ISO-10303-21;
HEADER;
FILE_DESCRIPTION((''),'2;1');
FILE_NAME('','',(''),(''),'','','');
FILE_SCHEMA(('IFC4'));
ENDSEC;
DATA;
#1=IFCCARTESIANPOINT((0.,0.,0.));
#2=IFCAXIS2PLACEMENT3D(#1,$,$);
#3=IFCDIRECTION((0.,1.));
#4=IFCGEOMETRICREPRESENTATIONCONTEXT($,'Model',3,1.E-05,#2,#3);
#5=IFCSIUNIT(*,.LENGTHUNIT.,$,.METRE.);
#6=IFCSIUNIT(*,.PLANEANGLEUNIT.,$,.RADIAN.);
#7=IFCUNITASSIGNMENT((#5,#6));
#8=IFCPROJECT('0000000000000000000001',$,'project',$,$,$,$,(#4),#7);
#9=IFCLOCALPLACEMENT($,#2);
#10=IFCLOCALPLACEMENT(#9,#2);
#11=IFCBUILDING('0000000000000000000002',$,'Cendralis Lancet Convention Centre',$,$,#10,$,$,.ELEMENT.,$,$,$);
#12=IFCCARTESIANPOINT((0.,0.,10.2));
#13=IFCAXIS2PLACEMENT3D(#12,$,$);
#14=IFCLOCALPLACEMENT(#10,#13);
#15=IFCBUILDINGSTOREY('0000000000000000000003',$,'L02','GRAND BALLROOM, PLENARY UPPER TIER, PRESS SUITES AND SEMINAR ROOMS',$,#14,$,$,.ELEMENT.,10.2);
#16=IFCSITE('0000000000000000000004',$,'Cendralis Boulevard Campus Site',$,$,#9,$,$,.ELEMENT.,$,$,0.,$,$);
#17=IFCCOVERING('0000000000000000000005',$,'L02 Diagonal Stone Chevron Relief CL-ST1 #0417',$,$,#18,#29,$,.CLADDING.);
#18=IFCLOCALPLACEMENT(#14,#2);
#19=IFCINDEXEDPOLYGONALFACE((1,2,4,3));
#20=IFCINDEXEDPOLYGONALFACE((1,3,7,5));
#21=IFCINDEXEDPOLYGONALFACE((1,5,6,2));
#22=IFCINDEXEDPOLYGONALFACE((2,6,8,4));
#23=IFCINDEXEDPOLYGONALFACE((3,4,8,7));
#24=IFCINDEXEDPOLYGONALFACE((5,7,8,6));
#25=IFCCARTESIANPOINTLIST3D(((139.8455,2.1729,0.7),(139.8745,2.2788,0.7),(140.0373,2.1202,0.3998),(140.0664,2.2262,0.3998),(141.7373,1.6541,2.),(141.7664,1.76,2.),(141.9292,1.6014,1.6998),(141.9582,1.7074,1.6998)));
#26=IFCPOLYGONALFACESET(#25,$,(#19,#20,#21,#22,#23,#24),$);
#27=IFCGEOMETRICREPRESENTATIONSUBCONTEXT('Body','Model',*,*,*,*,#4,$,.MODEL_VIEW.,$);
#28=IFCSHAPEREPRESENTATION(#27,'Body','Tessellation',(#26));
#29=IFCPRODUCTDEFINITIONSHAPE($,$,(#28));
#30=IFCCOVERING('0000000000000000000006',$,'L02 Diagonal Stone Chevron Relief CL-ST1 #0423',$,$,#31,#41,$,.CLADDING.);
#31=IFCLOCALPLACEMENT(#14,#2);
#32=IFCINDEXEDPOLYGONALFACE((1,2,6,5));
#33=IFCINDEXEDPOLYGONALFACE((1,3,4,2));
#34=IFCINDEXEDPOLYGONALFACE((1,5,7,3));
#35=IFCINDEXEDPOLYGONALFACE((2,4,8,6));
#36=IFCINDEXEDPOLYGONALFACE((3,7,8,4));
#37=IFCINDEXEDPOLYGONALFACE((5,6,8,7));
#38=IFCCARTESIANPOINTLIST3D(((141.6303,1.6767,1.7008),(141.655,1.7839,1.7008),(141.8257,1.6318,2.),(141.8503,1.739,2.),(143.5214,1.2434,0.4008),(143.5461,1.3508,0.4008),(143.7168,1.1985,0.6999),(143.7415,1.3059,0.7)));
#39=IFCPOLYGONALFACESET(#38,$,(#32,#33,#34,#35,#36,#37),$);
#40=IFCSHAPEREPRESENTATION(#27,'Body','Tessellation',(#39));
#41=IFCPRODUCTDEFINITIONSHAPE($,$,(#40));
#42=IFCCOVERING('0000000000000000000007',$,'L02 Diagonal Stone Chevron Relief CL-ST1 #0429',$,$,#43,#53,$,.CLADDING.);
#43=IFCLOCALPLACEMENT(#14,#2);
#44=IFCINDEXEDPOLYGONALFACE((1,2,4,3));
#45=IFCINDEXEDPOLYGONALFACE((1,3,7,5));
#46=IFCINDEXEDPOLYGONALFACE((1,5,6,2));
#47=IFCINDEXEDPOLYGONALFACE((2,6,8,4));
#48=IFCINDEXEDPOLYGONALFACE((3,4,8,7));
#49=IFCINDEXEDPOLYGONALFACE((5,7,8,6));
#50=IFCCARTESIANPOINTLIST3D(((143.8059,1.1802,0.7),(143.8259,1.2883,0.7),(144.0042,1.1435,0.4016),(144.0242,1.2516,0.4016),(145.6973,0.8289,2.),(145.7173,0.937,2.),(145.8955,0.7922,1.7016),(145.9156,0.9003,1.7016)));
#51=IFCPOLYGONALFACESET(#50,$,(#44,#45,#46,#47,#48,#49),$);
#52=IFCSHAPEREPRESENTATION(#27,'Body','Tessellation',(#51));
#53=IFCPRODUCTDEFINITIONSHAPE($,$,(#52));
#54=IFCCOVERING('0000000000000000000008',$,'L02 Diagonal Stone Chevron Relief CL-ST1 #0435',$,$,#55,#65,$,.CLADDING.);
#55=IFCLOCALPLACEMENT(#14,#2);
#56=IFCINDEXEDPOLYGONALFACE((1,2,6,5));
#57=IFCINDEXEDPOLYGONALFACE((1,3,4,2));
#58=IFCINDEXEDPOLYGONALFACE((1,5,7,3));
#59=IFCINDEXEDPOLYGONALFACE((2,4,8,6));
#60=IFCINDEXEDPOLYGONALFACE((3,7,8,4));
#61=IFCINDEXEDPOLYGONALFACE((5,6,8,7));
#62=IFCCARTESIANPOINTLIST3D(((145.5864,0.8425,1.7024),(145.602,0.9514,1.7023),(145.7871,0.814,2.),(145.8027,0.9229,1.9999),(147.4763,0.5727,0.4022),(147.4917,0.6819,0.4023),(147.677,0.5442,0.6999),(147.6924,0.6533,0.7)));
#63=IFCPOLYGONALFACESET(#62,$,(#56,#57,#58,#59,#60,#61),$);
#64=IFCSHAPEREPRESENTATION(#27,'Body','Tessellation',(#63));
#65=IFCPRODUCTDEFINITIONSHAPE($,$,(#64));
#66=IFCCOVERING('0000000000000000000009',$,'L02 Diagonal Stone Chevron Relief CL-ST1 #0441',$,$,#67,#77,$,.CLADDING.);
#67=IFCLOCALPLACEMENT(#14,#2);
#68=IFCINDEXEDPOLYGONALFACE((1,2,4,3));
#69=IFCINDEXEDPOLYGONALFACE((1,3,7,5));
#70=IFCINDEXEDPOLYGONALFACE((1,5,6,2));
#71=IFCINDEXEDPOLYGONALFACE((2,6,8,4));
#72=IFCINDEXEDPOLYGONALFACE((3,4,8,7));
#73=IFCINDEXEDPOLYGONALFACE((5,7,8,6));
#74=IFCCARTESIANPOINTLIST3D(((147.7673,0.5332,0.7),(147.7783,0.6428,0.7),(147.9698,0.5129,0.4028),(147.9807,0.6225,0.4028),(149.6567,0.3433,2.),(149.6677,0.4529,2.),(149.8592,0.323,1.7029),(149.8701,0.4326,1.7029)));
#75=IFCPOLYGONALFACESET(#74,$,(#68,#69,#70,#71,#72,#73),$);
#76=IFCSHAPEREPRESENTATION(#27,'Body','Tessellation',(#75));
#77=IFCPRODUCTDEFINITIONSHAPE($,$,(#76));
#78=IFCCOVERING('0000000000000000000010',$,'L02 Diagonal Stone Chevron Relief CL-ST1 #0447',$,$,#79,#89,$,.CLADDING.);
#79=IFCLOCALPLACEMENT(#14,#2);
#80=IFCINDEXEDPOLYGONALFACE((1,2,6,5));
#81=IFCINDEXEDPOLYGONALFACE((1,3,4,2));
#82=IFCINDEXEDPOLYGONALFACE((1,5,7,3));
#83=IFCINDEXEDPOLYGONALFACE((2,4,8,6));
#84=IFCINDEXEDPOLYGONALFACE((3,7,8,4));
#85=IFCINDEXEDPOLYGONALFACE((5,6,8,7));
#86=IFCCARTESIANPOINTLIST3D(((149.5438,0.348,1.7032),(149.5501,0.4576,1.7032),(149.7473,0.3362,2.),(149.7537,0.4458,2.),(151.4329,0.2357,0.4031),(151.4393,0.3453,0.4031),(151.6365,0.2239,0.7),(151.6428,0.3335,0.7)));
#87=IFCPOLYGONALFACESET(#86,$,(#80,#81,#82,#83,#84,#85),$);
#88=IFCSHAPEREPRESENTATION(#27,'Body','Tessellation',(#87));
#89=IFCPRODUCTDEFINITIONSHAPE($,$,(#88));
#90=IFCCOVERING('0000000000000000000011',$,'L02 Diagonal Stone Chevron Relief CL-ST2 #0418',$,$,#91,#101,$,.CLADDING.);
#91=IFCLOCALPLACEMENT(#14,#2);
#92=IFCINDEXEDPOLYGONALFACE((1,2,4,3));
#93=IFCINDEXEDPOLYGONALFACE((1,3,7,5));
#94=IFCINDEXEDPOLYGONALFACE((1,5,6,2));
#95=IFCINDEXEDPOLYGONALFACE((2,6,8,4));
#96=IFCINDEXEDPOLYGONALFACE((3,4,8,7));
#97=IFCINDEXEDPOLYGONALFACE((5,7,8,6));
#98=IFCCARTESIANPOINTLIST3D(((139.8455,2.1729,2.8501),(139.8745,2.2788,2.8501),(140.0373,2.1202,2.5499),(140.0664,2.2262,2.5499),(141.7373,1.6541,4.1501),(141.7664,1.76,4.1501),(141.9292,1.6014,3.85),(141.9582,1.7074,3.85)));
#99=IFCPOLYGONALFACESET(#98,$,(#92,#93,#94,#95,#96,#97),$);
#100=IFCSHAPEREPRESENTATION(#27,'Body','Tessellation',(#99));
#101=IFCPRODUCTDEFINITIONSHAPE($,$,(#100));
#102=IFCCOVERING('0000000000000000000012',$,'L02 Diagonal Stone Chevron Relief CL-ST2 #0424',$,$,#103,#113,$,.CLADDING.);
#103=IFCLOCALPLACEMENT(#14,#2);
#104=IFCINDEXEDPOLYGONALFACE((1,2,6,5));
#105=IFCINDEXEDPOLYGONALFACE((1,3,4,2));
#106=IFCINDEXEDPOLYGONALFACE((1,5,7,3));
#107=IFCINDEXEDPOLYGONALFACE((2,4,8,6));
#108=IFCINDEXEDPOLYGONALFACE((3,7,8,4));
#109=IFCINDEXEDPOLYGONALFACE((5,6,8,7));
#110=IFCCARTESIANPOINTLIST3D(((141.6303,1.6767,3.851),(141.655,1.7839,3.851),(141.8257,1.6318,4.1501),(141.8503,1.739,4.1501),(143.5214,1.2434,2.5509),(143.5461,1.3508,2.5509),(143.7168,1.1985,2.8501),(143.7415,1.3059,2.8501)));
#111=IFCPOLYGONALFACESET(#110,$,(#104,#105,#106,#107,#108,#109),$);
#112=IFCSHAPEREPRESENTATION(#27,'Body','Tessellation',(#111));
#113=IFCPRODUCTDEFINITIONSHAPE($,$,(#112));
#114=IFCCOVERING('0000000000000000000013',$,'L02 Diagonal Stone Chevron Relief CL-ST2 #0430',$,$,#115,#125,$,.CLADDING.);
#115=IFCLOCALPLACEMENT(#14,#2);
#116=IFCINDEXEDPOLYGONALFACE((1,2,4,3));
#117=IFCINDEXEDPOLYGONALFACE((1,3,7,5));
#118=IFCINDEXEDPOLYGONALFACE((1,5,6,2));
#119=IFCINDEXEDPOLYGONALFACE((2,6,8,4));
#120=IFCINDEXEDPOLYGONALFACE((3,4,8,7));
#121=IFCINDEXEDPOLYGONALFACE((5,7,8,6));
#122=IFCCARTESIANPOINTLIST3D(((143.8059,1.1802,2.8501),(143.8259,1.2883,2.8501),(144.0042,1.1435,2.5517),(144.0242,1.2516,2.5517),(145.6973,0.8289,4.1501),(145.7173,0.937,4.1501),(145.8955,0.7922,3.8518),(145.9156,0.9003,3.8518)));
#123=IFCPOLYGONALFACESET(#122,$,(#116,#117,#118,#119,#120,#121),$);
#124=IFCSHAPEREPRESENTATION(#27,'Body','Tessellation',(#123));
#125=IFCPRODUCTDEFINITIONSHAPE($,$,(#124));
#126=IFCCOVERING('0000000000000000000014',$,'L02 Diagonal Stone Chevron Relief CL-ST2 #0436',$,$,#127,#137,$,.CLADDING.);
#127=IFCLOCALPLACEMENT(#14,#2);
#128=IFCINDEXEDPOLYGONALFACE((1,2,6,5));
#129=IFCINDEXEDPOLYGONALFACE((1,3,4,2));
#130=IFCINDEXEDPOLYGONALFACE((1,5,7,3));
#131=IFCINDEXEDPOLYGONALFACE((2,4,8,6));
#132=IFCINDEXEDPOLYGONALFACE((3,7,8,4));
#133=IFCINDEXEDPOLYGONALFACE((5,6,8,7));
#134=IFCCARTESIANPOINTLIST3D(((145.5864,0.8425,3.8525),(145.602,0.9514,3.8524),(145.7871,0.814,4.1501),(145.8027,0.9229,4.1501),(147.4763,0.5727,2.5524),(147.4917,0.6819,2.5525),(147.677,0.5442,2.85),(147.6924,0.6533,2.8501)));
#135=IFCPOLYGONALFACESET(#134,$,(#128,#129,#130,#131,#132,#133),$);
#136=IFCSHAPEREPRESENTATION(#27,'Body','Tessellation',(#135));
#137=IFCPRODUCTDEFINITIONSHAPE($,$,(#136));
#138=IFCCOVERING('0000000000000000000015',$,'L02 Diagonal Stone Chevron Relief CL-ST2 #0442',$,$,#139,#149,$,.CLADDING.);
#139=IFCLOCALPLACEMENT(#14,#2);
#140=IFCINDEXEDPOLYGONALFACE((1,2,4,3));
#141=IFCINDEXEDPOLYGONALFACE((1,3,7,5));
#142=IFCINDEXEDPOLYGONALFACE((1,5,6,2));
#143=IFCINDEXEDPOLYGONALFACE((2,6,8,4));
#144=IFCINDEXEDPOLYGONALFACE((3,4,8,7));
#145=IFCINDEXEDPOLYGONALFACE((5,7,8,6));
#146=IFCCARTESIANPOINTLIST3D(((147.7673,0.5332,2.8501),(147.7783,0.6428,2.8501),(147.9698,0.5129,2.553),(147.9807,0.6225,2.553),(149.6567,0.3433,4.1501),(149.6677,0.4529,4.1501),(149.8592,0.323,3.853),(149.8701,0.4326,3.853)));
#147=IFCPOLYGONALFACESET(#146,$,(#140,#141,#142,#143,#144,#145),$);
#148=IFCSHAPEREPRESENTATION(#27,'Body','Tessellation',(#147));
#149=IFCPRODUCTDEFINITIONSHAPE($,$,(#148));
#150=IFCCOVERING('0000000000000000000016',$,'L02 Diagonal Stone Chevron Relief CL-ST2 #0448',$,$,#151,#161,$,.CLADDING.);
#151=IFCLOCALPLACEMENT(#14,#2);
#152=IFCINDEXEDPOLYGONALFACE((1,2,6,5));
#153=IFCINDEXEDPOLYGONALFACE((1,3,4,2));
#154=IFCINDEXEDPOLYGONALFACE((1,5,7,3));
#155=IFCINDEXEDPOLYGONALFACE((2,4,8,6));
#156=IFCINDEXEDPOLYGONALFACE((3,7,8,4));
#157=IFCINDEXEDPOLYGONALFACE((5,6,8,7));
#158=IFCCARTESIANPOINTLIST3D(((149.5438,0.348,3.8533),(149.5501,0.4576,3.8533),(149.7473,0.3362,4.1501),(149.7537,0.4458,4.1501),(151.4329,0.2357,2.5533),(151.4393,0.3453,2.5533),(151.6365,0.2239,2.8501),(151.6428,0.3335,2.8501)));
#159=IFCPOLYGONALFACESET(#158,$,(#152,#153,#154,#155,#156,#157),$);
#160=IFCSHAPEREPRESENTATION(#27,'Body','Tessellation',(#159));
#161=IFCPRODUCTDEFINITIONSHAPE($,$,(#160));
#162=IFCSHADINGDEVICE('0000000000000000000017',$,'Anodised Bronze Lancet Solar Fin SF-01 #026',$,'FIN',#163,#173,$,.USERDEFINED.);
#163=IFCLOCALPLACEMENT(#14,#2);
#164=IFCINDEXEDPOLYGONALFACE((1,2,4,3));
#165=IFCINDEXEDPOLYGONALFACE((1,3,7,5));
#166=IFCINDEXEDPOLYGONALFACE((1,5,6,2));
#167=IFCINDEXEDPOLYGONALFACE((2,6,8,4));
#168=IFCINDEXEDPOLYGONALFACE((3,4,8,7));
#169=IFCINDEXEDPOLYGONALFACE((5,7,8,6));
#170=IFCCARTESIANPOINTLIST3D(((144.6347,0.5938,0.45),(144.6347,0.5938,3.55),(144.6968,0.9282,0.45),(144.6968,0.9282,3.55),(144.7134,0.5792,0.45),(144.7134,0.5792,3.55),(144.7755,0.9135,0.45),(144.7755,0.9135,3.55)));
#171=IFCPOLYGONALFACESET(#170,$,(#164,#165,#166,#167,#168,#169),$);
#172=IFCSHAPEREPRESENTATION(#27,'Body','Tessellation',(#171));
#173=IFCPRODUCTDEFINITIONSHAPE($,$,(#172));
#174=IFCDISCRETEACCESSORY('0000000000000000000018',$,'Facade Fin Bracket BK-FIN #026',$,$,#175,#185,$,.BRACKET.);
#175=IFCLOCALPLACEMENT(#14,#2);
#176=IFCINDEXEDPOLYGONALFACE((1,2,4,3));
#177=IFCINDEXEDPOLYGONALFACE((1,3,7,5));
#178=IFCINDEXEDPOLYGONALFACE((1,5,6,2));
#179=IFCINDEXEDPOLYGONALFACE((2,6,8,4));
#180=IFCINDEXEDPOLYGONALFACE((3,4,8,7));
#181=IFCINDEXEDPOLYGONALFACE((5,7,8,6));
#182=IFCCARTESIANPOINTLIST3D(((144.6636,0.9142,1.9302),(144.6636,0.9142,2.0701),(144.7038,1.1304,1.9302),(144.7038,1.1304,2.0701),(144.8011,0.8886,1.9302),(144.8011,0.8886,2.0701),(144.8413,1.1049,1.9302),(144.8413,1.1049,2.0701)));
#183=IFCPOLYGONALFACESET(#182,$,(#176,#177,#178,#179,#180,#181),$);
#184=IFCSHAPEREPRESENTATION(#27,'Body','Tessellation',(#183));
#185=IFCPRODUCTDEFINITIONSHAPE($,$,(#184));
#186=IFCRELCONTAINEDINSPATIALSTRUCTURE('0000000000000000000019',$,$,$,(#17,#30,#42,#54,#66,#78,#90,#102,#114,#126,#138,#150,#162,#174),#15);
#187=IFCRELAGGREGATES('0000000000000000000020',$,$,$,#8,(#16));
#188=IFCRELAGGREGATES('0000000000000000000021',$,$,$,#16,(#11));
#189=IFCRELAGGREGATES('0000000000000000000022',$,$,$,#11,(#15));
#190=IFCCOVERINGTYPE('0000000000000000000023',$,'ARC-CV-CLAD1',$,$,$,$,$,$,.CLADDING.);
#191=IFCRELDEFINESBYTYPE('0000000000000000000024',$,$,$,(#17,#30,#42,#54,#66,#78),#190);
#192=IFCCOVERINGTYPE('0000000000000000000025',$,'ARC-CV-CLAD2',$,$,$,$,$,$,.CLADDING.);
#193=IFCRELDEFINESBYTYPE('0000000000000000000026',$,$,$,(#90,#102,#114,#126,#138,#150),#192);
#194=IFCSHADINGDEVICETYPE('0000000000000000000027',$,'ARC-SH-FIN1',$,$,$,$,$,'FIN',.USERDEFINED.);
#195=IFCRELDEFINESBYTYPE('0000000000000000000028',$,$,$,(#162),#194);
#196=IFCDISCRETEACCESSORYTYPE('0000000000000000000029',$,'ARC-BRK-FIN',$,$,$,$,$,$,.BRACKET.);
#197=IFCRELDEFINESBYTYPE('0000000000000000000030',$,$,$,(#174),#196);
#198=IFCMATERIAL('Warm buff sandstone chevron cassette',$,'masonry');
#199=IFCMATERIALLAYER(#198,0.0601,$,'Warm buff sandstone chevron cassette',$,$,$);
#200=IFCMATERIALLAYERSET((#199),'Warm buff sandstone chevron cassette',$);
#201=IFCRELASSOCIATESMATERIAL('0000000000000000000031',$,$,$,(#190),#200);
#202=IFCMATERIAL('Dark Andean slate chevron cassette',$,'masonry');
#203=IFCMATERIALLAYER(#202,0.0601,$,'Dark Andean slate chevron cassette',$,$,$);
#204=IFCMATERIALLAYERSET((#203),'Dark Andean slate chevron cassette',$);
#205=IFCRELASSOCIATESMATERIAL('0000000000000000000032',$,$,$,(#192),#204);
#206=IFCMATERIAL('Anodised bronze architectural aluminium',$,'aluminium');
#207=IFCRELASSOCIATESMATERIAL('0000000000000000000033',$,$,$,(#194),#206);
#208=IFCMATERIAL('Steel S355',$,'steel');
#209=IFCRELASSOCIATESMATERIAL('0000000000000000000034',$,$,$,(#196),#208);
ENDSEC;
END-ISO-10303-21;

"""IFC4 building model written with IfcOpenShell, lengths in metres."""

from ifc_helpers import new_model, si_unit, direction, frame, origin, origin_2d, place, context, subcontext, project, spatial, polyline, rectangle, outline, extrude, material, layer, layer_set, type_object, element, save


model = new_model("IFC4")

# Units and contexts
model_context = context("Model", 3, precision=1e-05, world=origin(), true_north=direction((0.0, 1.0)))
body_context = subcontext(model_context, "Body", "Model", "MODEL_VIEW")
ifc_project = project(units=[si_unit("LENGTHUNIT", "METRE"), si_unit("PLANEANGLEUNIT", "RADIAN")], contexts=[model_context])

# Site, building, storey
site_placement = place(None, origin())
site = spatial("IfcSite", under=ifc_project, at=site_placement, Name="Cendralis Boulevard Campus Site", CompositionType="ELEMENT", RefElevation=0.0)
building_placement = place(site_placement, origin())
building = spatial("IfcBuilding", under=site, at=building_placement, Name="Cendralis Lancet Convention Centre", CompositionType="ELEMENT")
storey_placement = place(building_placement, frame((0.0, 0.0, 10.2)))
storey = spatial("IfcBuildingStorey", under=building, at=storey_placement, Name="L02", Description="GRAND BALLROOM, PLENARY UPPER TIER, PRESS SUITES AND SEMINAR ROOMS", CompositionType="ELEMENT", Elevation=10.2)

# Shared definitions
ifc_material_1 = material(Name="Steel S355", Category="steel")

# Shared definitions
ifc_material_2 = material(Name="Warm buff sandstone chevron cassette", Category="masonry")
ifc_material_3 = material(Name="Dark Andean slate chevron cassette", Category="masonry")

# Coverings
ifc_layer_1 = layer(ifc_material_2, 0.0601, Name="Warm buff sandstone chevron cassette")
ifc_layer_set_1 = layer_set([ifc_layer_1], Name="Warm buff sandstone chevron cassette")
covering_type_1 = type_object("IfcCoveringType", Name="ARC-CV-CLAD1", PredefinedType="CLADDING", material=ifc_layer_set_1)
covering_1_placement = place(storey_placement, frame((139.8455, 2.1729, 0.7), z_axis=(-0.532756, 0.146078, 0.833566), x_axis=(0.803887, -0.220449, 0.55242)))
element("IfcCovering", 1, at=covering_1_placement, inside=storey, type_object=covering_type_1, Name="L02 Diagonal Stone Chevron Relief CL-ST1 #0417", PredefinedType="CLADDING", context=body_context, shape_type="SweptSolid", body=[
    extrude(outline(polyline([(0.0, 0.0), (2.3534, 0.0), (2.3534, 0.1099), (0.0, 0.1099), (0.0, 0.0)])), origin(), (0.0, 0.0, -1.0), 0.3601),
])
covering_2_placement = place(storey_placement, frame((141.8257, 1.6318, 2.0), z_axis=(0.542528, -0.124676, 0.830734), x_axis=(0.809746, -0.185554, -0.556669)))
element("IfcCovering", 2, at=covering_2_placement, inside=storey, type_object=covering_type_1, Name="L02 Diagonal Stone Chevron Relief CL-ST1 #0423", PredefinedType="CLADDING", context=body_context, shape_type="SweptSolid", body=[
    extrude(outline(polyline([(0.0, 0.0), (2.3354, 0.0), (2.3355, 0.1102), (0.0001, 0.11), (0.0, 0.0)])), origin(), (0.0, 0.0, -1.0), 0.3601),
])
covering_3_placement = place(storey_placement, frame((143.8059, 1.1802, 0.7), z_axis=(-0.550577, 0.101913, 0.82854), x_axis=(0.814606, -0.151313, 0.55993)))
element("IfcCovering", 3, at=covering_3_placement, inside=storey, type_object=covering_type_1, Name="L02 Diagonal Stone Chevron Relief CL-ST1 #0429", PredefinedType="CLADDING", context=body_context, shape_type="SweptSolid", body=[
    extrude(outline(polyline([(0.0, 0.0), (2.3218, 0.0), (2.3217, 0.11), (-0.0001, 0.11), (0.0, 0.0)])), origin(), (0.0, 0.0, -1.0), 0.3601),
])
covering_4_placement = place(storey_placement, frame((145.7871, 0.814, 2.0), z_axis=(0.557291, -0.079256, 0.826526), x_axis=(0.818232, -0.1168, -0.562899)))
element("IfcCovering", 4, at=covering_4_placement, inside=storey, type_object=covering_type_1, Name="L02 Diagonal Stone Chevron Relief CL-ST1 #0435", PredefinedType="CLADDING", context=body_context, shape_type="SweptSolid", body=[
    extrude(outline(polyline([(0.0, 0.0), (2.3097, 0.0), (2.3095, 0.1102), (0.0001, 0.11), (0.0, 0.0)])), origin(), (0.0, 0.0, -1.0), 0.3601),
])
covering_5_placement = place(storey_placement, frame((147.7673, 0.5332, 0.7), z_axis=(-0.5621, 0.056335, 0.825149), x_axis=(0.821011, -0.082536, 0.564915)))
element("IfcCovering", 5, at=covering_5_placement, inside=storey, type_object=covering_type_1, Name="L02 Diagonal Stone Chevron Relief CL-ST1 #0441", PredefinedType="CLADDING", context=body_context, shape_type="SweptSolid", body=[
    extrude(outline(polyline([(0.0, 0.0), (2.3013, 0.0), (2.3013, 0.1102), (0.0, 0.1102), (0.0, 0.0)])), origin(), (0.0, 0.0, -1.0), 0.3601),
])
covering_6_placement = place(storey_placement, frame((149.7473, 0.3362, 2.0), z_axis=(0.565274, -0.032733, 0.824253), x_axis=(0.822801, -0.048913, -0.566221)))
element("IfcCovering", 6, at=covering_6_placement, inside=storey, type_object=covering_type_1, Name="L02 Diagonal Stone Chevron Relief CL-ST1 #0447", PredefinedType="CLADDING", context=body_context, shape_type="SweptSolid", body=[
    extrude(outline(polyline([(0.0, 0.0), (2.296, 0.0), (2.2959, 0.1098), (-0.0001, 0.1098), (0.0, 0.0)])), origin(), (0.0, 0.0, -1.0), 0.3601),
])
ifc_layer_2 = layer(ifc_material_3, 0.0601, Name="Dark Andean slate chevron cassette")
ifc_layer_set_2 = layer_set([ifc_layer_2], Name="Dark Andean slate chevron cassette")
covering_type_2 = type_object("IfcCoveringType", Name="ARC-CV-CLAD2", PredefinedType="CLADDING", material=ifc_layer_set_2)
covering_7_placement = place(storey_placement, frame((139.8455, 2.1729, 2.8501), z_axis=(-0.532756, 0.146078, 0.833566), x_axis=(0.803887, -0.220449, 0.55242)))
element("IfcCovering", 7, at=covering_7_placement, inside=storey, type_object=covering_type_2, Name="L02 Diagonal Stone Chevron Relief CL-ST2 #0418", PredefinedType="CLADDING", context=body_context, shape_type="SweptSolid", body=[
    extrude(outline(polyline([(0.0, 0.0), (2.3534, 0.0), (2.3534, 0.1099), (0.0, 0.1099), (0.0, 0.0)])), origin(), (0.0, 0.0, -1.0), 0.3601),
])
covering_8_placement = place(storey_placement, frame((141.8257, 1.6318, 4.1501), z_axis=(0.542528, -0.124676, 0.830734), x_axis=(0.809746, -0.185554, -0.556669)))
element("IfcCovering", 8, at=covering_8_placement, inside=storey, type_object=covering_type_2, Name="L02 Diagonal Stone Chevron Relief CL-ST2 #0424", PredefinedType="CLADDING", context=body_context, shape_type="SweptSolid", body=[
    extrude(outline(polyline([(0.0, 0.0), (2.3354, 0.0), (2.3355, 0.1102), (0.0001, 0.11), (0.0, 0.0)])), origin(), (0.0, 0.0, -1.0), 0.3601),
])
covering_9_placement = place(storey_placement, frame((143.8059, 1.1802, 2.8501), z_axis=(-0.550577, 0.101913, 0.82854), x_axis=(0.814606, -0.151313, 0.55993)))
element("IfcCovering", 9, at=covering_9_placement, inside=storey, type_object=covering_type_2, Name="L02 Diagonal Stone Chevron Relief CL-ST2 #0430", PredefinedType="CLADDING", context=body_context, shape_type="SweptSolid", body=[
    extrude(outline(polyline([(0.0, 0.0), (2.3218, 0.0), (2.3217, 0.11), (-0.0001, 0.11), (0.0, 0.0)])), origin(), (0.0, 0.0, -1.0), 0.3601),
])
covering_10_placement = place(storey_placement, frame((145.7871, 0.814, 4.1501), z_axis=(0.557291, -0.079256, 0.826526), x_axis=(0.818232, -0.1168, -0.562899)))
element("IfcCovering", 10, at=covering_10_placement, inside=storey, type_object=covering_type_2, Name="L02 Diagonal Stone Chevron Relief CL-ST2 #0436", PredefinedType="CLADDING", context=body_context, shape_type="SweptSolid", body=[
    extrude(outline(polyline([(0.0, 0.0), (2.3097, 0.0), (2.3095, 0.1102), (0.0001, 0.11), (0.0, 0.0)])), origin(), (0.0, 0.0, -1.0), 0.3601),
])
covering_11_placement = place(storey_placement, frame((147.7673, 0.5332, 2.8501), z_axis=(-0.5621, 0.056335, 0.825149), x_axis=(0.821011, -0.082536, 0.564915)))
element("IfcCovering", 11, at=covering_11_placement, inside=storey, type_object=covering_type_2, Name="L02 Diagonal Stone Chevron Relief CL-ST2 #0442", PredefinedType="CLADDING", context=body_context, shape_type="SweptSolid", body=[
    extrude(outline(polyline([(0.0, 0.0), (2.3013, 0.0), (2.3013, 0.1102), (0.0, 0.1102), (0.0, 0.0)])), origin(), (0.0, 0.0, -1.0), 0.3601),
])
covering_12_placement = place(storey_placement, frame((149.7473, 0.3362, 4.1501), z_axis=(0.565274, -0.032733, 0.824253), x_axis=(0.822801, -0.048913, -0.566221)))
element("IfcCovering", 12, at=covering_12_placement, inside=storey, type_object=covering_type_2, Name="L02 Diagonal Stone Chevron Relief CL-ST2 #0448", PredefinedType="CLADDING", context=body_context, shape_type="SweptSolid", body=[
    extrude(outline(polyline([(0.0, 0.0), (2.296, 0.0), (2.2959, 0.1098), (-0.0001, 0.1098), (0.0, 0.0)])), origin(), (0.0, 0.0, -1.0), 0.3601),
])

# Shading device
ifc_material_4 = material(Name="Anodised bronze architectural aluminium", Category="aluminium")
shading_device_type = type_object("IfcShadingDeviceType", Name="ARC-SH-FIN1", ElementType="FIN", PredefinedType="USERDEFINED", material=ifc_material_4)
shading_device_placement = place(storey_placement, frame((144.7051, 0.7537, 0.45), z_axis=(0.0, 0.0, 1.0), x_axis=(0.983175, -0.182665, 0.0)))
element("IfcShadingDevice", 13, at=shading_device_placement, inside=storey, type_object=shading_device_type, Name="Anodised Bronze Lancet Solar Fin SF-01 #026", ObjectType="FIN", PredefinedType="USERDEFINED", context=body_context, shape_type="SweptSolid", body=[
    extrude(rectangle(XDim=0.0801, YDim=0.3401, at=origin_2d()), origin(), (0.0, 0.0, 1.0), 3.1001),
])

# Discrete accessory
discrete_accessory_type = type_object("IfcDiscreteAccessoryType", Name="ARC-BRK-FIN", PredefinedType="BRACKET", material=ifc_material_1)
discrete_accessory_placement = place(storey_placement, frame((144.7524, 1.0095, 1.9302), z_axis=(0.0, 0.0, 1.0), x_axis=(0.983175, -0.182665, 0.0)))
element("IfcDiscreteAccessory", 14, at=discrete_accessory_placement, inside=storey, type_object=discrete_accessory_type, Name="Facade Fin Bracket BK-FIN #026", PredefinedType="BRACKET", context=body_context, shape_type="SweptSolid", body=[
    extrude(rectangle(XDim=0.1399, YDim=0.22, at=origin_2d()), origin(), (0.0, 0.0, 1.0), 0.1399),
])

save(model, "model.ifc")
